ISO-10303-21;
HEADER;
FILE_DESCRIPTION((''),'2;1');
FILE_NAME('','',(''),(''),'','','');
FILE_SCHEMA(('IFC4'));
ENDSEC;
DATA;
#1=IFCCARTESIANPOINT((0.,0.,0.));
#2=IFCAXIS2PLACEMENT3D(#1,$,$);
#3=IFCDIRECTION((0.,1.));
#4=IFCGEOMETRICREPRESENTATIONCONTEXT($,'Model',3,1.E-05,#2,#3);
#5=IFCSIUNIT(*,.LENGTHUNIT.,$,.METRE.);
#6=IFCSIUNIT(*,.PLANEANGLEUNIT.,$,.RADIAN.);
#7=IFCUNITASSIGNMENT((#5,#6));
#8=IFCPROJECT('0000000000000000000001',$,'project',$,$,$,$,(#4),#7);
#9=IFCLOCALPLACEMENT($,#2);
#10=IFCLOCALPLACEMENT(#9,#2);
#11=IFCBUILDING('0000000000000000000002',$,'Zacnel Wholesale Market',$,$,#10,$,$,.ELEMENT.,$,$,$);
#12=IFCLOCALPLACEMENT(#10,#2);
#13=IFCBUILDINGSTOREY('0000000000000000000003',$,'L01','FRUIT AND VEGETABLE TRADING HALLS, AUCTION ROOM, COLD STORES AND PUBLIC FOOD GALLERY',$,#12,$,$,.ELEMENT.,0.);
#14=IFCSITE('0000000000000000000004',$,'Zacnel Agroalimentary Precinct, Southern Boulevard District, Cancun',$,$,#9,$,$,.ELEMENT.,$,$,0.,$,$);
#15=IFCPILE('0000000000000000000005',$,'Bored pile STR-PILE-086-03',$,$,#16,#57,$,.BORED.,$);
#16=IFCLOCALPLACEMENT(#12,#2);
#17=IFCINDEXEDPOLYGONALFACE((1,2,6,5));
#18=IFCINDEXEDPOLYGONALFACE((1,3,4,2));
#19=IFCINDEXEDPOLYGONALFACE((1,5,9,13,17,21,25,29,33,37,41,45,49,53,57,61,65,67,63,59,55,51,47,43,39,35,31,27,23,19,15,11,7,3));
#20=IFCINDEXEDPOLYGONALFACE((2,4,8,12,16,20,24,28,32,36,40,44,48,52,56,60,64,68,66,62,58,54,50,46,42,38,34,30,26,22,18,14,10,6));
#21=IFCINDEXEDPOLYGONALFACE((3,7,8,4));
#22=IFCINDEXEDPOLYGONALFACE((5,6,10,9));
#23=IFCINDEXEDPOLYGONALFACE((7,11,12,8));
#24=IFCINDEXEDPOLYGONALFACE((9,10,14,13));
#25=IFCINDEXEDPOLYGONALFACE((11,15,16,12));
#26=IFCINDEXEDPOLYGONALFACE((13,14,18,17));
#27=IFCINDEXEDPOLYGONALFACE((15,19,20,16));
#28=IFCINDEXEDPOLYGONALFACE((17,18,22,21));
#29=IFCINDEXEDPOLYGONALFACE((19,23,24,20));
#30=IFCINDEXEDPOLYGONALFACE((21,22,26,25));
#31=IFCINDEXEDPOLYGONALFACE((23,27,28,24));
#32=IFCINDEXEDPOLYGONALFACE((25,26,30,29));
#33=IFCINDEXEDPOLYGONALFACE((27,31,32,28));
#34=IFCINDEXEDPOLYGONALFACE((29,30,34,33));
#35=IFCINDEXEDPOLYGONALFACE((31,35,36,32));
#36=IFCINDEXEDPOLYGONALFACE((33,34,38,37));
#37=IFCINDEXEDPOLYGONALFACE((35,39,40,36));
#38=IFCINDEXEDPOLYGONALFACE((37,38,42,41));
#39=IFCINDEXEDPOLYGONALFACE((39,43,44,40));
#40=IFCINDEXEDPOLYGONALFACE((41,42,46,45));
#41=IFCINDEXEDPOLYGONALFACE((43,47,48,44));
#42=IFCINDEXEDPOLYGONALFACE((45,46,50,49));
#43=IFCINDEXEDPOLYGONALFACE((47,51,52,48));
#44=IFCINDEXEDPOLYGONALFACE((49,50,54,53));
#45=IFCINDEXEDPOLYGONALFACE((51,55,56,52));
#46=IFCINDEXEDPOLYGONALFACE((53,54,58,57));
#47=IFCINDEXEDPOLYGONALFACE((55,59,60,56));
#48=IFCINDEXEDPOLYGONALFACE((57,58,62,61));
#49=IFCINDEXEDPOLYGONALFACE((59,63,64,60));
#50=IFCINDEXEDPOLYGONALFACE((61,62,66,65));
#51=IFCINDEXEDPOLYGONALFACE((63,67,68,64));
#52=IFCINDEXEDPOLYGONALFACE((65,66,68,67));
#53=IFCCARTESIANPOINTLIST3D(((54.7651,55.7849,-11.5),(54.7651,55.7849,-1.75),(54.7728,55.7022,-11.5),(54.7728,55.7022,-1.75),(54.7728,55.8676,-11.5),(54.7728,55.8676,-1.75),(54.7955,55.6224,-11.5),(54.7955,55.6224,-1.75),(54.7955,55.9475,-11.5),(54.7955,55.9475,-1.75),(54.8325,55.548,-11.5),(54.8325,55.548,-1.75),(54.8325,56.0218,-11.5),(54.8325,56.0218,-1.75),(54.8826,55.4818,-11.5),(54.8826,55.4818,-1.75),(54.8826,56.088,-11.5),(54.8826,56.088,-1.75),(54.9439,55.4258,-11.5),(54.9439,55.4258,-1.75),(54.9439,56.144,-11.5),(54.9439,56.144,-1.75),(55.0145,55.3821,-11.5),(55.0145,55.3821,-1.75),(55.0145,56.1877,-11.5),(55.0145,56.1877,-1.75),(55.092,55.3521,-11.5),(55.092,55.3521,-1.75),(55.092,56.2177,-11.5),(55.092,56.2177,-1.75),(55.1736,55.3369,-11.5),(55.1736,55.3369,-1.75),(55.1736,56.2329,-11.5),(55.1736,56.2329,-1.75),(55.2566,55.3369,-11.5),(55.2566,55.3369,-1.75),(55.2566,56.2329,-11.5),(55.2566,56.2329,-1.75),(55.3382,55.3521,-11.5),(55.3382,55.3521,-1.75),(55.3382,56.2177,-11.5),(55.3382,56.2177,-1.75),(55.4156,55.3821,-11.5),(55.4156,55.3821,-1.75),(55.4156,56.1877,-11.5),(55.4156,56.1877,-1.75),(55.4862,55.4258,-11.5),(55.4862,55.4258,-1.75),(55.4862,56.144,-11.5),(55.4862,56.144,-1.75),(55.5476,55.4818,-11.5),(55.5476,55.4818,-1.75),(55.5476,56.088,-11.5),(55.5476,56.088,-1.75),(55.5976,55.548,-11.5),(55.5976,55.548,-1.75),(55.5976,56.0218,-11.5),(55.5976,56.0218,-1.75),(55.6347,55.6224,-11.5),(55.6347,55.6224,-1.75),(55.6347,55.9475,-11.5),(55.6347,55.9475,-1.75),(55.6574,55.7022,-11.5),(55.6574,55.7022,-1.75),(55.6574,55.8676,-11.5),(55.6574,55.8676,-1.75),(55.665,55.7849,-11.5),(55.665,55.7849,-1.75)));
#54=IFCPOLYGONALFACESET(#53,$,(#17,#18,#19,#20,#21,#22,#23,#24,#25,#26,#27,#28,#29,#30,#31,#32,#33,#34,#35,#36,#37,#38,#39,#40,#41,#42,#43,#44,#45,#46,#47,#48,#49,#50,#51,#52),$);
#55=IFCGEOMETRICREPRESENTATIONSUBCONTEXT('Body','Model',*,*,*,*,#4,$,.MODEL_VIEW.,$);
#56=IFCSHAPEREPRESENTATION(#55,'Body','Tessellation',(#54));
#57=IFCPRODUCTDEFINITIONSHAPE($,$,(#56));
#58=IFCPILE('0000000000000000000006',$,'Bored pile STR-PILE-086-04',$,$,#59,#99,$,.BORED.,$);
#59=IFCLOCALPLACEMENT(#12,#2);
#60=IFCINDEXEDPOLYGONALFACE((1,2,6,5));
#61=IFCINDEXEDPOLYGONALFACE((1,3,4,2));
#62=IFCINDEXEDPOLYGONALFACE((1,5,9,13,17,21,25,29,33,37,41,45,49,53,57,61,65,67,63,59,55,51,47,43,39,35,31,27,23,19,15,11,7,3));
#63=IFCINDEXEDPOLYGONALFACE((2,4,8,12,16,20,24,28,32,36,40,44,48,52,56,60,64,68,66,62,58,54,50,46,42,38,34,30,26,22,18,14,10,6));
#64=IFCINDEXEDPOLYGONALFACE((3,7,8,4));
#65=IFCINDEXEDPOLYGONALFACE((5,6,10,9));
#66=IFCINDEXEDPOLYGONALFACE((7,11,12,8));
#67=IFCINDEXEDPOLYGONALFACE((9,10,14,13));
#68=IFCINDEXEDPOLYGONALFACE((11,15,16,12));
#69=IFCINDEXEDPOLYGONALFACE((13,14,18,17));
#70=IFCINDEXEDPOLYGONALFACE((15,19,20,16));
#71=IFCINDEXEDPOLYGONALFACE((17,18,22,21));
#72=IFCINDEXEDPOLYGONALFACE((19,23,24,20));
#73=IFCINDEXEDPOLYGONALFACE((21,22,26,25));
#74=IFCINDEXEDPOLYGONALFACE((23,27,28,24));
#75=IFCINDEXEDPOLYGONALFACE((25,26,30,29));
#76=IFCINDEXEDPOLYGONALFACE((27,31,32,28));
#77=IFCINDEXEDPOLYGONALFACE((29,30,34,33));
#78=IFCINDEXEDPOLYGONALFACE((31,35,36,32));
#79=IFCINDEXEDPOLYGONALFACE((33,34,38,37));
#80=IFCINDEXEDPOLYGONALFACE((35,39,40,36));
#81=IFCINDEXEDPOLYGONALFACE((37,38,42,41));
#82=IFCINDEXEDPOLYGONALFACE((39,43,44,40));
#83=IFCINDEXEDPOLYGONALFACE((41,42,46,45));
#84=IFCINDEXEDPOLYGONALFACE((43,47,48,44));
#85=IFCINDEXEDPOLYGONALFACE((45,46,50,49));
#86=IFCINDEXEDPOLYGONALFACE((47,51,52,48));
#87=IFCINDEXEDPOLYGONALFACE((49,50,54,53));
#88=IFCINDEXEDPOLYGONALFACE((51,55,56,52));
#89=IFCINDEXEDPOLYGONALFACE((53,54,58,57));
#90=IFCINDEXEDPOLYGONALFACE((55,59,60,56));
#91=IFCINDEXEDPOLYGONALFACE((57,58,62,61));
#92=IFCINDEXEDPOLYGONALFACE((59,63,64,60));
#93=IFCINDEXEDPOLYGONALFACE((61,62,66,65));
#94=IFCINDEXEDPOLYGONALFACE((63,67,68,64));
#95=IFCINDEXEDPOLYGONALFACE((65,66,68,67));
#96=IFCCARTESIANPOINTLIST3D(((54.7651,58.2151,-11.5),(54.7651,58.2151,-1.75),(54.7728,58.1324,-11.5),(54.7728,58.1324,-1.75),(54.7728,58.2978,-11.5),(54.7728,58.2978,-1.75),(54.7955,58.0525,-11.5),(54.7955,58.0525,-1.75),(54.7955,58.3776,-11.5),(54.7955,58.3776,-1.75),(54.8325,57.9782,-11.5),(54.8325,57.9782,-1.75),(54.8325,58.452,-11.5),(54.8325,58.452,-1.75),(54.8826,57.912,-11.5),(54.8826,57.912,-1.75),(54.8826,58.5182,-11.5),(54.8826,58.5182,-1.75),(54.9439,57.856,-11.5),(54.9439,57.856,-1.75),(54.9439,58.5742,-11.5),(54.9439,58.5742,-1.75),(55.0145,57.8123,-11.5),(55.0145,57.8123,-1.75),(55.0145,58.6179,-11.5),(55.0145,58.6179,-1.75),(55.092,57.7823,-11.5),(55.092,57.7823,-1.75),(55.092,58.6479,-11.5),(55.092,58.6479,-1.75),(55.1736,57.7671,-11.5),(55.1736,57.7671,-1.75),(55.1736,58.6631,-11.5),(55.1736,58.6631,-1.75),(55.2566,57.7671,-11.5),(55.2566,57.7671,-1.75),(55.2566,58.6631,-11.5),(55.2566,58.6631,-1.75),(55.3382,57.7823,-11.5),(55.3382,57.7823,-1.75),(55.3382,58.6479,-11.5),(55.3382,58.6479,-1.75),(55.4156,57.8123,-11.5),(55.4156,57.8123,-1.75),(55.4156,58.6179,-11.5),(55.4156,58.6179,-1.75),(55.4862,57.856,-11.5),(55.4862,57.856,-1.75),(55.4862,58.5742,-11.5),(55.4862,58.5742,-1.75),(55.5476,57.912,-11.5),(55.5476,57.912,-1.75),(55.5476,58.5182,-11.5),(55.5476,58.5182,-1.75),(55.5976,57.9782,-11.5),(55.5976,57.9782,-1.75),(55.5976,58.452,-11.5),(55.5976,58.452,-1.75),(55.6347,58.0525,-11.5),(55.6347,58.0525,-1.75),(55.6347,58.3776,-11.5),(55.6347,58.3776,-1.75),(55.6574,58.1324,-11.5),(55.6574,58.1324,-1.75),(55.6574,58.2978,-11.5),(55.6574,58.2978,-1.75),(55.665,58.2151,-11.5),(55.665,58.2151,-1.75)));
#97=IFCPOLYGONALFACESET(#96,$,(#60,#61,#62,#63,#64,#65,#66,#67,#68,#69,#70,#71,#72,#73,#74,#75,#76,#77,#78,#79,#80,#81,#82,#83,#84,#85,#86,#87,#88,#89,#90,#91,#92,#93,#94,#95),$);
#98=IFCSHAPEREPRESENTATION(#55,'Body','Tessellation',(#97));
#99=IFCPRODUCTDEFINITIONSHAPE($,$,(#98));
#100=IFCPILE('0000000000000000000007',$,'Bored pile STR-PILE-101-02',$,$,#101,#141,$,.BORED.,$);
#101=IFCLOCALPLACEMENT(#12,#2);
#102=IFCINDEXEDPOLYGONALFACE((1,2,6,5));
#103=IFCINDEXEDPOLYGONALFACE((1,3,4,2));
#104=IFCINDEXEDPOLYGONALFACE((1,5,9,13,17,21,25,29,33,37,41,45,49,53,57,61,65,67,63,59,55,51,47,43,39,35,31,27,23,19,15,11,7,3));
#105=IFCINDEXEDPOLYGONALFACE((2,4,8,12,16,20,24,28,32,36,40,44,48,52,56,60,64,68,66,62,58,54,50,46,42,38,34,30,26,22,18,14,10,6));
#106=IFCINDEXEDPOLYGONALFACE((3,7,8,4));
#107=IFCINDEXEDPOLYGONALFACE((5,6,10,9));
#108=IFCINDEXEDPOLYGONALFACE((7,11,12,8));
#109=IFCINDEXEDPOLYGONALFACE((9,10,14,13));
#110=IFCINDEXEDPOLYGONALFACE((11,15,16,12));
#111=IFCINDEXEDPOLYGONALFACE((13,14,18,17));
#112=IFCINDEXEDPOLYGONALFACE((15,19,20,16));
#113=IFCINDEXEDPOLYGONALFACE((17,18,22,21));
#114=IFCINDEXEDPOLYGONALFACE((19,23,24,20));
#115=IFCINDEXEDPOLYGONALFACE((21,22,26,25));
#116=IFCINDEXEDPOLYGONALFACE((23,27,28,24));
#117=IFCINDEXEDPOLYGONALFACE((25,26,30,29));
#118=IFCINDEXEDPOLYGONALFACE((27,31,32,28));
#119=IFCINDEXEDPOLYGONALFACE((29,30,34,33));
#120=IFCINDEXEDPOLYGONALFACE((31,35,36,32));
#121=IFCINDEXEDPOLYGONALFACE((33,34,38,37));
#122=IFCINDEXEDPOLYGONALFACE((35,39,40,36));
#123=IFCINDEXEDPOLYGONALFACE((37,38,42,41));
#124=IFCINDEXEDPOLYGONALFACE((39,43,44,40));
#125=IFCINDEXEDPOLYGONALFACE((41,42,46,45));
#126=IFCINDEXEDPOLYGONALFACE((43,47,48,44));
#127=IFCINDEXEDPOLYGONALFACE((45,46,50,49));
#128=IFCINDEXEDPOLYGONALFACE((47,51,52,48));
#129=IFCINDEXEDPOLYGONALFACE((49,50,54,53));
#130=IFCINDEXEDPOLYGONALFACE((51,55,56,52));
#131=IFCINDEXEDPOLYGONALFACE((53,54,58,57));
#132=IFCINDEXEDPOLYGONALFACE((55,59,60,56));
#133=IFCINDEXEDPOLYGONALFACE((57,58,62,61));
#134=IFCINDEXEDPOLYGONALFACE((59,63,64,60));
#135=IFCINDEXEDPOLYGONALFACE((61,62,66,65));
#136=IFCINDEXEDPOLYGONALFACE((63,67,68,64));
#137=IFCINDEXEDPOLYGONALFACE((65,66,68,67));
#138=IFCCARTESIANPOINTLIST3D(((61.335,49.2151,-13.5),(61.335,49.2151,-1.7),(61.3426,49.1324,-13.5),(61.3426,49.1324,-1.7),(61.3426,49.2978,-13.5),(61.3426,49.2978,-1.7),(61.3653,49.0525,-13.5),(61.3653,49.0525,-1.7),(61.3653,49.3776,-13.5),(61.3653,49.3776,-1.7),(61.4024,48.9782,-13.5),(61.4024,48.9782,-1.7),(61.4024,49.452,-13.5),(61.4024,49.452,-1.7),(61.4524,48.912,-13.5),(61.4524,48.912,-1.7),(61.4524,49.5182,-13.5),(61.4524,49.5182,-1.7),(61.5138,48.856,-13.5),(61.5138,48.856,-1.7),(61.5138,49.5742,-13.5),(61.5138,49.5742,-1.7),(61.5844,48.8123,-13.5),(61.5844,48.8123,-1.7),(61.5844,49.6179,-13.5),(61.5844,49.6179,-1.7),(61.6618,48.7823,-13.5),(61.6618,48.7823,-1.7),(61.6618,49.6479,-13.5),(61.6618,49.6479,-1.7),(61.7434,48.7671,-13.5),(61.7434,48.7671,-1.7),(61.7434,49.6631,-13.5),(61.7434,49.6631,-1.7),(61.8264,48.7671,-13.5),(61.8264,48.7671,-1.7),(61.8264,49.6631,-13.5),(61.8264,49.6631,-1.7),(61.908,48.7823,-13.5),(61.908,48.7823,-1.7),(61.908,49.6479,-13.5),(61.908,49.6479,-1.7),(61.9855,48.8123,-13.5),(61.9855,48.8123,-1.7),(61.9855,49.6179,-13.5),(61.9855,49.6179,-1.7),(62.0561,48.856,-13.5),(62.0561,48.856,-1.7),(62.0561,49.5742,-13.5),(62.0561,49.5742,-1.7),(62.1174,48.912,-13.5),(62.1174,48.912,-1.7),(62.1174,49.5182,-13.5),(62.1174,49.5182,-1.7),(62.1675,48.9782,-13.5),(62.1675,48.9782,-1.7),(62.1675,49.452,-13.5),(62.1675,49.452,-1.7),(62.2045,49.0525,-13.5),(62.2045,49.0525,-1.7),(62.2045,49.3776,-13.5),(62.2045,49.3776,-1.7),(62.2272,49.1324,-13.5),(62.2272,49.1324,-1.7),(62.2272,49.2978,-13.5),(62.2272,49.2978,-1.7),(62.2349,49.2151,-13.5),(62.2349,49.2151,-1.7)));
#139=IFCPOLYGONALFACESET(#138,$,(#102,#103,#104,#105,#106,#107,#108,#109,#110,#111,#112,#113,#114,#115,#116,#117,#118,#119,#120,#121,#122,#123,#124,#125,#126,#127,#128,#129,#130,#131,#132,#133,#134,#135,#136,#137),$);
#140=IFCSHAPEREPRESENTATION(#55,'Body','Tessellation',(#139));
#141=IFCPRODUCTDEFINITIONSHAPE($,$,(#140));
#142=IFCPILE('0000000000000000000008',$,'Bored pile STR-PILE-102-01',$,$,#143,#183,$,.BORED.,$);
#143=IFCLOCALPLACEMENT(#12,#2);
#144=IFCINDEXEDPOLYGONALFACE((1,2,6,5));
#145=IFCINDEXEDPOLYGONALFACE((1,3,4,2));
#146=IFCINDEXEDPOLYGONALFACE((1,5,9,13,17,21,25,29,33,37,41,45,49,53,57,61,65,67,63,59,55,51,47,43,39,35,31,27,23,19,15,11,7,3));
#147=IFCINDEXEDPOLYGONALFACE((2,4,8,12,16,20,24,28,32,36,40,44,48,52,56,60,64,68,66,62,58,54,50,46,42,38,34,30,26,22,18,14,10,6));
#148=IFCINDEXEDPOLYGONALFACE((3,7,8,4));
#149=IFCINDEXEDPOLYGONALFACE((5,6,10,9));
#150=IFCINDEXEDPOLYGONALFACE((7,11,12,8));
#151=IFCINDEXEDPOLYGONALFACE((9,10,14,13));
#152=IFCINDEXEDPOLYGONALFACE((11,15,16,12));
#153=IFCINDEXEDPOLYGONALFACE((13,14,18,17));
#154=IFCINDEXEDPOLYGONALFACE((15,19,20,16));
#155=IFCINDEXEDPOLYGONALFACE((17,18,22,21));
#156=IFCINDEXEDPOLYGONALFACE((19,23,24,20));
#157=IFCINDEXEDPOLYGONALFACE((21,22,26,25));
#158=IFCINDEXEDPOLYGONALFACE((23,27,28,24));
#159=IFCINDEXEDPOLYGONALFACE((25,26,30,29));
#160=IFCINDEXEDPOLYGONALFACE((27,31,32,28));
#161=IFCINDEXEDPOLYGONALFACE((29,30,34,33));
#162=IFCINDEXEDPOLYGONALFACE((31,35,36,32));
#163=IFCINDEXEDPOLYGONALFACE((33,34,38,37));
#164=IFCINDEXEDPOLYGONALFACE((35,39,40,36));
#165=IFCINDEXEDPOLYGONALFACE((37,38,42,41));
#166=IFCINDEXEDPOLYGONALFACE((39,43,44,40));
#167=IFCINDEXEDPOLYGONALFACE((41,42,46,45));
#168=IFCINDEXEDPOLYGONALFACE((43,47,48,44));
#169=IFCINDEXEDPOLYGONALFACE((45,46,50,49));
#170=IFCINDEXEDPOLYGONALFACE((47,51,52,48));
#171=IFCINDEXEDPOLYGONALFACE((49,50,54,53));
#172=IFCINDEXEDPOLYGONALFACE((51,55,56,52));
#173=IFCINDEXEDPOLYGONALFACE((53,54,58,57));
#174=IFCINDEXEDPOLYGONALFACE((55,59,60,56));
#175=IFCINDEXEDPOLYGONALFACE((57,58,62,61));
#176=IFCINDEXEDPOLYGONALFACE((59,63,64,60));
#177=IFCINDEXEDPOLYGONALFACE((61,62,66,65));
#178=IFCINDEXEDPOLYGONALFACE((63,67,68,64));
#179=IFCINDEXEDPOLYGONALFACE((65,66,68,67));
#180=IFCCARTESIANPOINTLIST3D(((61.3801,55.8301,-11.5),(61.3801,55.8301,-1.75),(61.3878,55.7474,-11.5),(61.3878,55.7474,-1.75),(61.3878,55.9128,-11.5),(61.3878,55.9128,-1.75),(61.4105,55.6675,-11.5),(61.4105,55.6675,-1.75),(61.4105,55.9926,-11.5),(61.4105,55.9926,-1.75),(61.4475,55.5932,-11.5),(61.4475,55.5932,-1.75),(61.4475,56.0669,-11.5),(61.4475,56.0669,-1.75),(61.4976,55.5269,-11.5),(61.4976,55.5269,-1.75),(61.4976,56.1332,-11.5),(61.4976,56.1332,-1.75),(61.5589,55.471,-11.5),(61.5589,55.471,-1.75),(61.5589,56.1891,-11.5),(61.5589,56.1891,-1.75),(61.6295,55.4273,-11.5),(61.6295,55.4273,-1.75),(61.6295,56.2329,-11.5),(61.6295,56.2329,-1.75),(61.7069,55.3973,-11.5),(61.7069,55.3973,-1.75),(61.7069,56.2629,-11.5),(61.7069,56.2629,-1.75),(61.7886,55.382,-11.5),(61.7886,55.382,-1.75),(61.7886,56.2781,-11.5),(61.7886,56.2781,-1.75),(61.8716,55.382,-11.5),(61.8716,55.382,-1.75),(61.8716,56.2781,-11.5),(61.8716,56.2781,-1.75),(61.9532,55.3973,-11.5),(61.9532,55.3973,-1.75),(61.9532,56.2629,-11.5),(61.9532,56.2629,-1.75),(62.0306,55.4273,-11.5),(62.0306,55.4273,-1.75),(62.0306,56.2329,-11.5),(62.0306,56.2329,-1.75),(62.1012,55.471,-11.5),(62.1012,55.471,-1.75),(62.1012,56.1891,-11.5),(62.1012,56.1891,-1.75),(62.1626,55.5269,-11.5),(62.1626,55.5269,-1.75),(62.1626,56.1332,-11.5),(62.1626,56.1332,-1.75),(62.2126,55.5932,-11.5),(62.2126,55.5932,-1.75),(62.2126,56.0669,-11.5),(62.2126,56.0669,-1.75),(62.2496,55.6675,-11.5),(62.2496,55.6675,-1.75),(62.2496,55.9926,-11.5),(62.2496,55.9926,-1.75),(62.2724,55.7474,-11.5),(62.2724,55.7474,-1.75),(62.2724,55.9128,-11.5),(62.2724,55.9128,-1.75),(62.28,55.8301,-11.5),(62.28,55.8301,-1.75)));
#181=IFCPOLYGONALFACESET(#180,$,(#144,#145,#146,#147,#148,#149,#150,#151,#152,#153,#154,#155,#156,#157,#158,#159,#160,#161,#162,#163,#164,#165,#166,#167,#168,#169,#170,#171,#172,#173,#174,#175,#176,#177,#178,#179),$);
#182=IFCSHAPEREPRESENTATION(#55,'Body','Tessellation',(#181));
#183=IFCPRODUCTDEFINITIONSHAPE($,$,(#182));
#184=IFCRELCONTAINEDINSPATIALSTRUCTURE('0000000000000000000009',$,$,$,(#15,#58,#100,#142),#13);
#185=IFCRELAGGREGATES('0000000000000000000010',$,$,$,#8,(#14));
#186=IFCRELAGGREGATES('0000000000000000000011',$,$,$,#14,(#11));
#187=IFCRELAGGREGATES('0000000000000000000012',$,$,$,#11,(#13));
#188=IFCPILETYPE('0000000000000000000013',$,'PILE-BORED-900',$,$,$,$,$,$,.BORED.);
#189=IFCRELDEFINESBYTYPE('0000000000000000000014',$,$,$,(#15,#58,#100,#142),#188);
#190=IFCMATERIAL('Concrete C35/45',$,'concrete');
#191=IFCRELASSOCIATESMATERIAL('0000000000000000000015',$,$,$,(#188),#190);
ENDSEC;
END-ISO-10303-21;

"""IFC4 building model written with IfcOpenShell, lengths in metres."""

from ifc_helpers import new_model, si_unit, direction, frame, origin, origin_2d, place, context, subcontext, project, spatial, circle, extrude, material, material_profile, profile_set, type_object, element, save


model = new_model("IFC4")

# Units and contexts
model_context = context("Model", 3, precision=1e-05, world=origin(), true_north=direction((0.0, 1.0)))
body_context = subcontext(model_context, "Body", "Model", "MODEL_VIEW")
ifc_project = project(units=[si_unit("LENGTHUNIT", "METRE"), si_unit("PLANEANGLEUNIT", "RADIAN")], contexts=[model_context])

# Site, building, storey
site_placement = place(None, origin())
site = spatial("IfcSite", under=ifc_project, at=site_placement, Name="Zacnel Agroalimentary Precinct, Southern Boulevard District, Cancun", CompositionType="ELEMENT", RefElevation=0.0)
building_placement = place(site_placement, origin())
building = spatial("IfcBuilding", under=site, at=building_placement, Name="Zacnel Wholesale Market", CompositionType="ELEMENT")
storey_placement = place(building_placement, origin())
storey = spatial("IfcBuildingStorey", under=building, at=storey_placement, Name="L01", Description="FRUIT AND VEGETABLE TRADING HALLS, AUCTION ROOM, COLD STORES AND PUBLIC FOOD GALLERY", CompositionType="ELEMENT", Elevation=0.0)

# Piles
ifc_material_1 = material(Name="Concrete C35/45", Category="concrete")
ifc_material_profile_1 = material_profile(ifc_material_1, circle(Radius=0.45, at=origin_2d()), Name="BORED PILE D900")
ifc_profile_set_1 = profile_set([ifc_material_profile_1], Name="Concrete C35/45")
pile_type = type_object("IfcPileType", Name="PILE-BORED-900", PredefinedType="BORED", material=ifc_profile_set_1)
for number, where, z_axis, x_axis, name in (
    (1, (55.2151, 55.7849, -1.75), (0.0, 0.0, -1.0), (1.0, 0.0, 0.0), "Bored pile STR-PILE-086-03"),
    (2, (55.2151, 58.2151, -1.75), (0.0, 0.0, -1.0), (1.0, 0.0, 0.0), "Bored pile STR-PILE-086-04"),
):
    element("IfcPile", number, at=place(storey_placement, frame(where, z_axis=z_axis, x_axis=x_axis)), inside=storey, type_object=pile_type, Name=name, PredefinedType="BORED", context=body_context, shape_type="SweptSolid", body=[
        extrude(circle(Radius=0.45, at=origin_2d()), origin(), (0.0, 0.0, 1.0), 9.75),
    ])
pile_placement = place(storey_placement, frame((61.7849, 49.2151, -1.7), z_axis=(0.0, 0.0, -1.0), x_axis=(1.0, 0.0, 0.0)))
element("IfcPile", 3, at=pile_placement, inside=storey, type_object=pile_type, Name="Bored pile STR-PILE-101-02", PredefinedType="BORED", context=body_context, shape_type="SweptSolid", body=[
    extrude(circle(Radius=0.45, at=origin_2d()), origin(), (0.0, 0.0, 1.0), 11.8),
])
for number, where, z_axis, x_axis, name in (
    (4, (61.8301, 55.8301, -1.75), (0.0, 0.0, -1.0), (1.0, 0.0, 0.0), "Bored pile STR-PILE-102-01"),
):
    element("IfcPile", number, at=place(storey_placement, frame(where, z_axis=z_axis, x_axis=x_axis)), inside=storey, type_object=pile_type, Name=name, PredefinedType="BORED", context=body_context, shape_type="SweptSolid", body=[
        extrude(circle(Radius=0.45, at=origin_2d()), origin(), (0.0, 0.0, 1.0), 9.75),
    ])

save(model, "model.ifc")
